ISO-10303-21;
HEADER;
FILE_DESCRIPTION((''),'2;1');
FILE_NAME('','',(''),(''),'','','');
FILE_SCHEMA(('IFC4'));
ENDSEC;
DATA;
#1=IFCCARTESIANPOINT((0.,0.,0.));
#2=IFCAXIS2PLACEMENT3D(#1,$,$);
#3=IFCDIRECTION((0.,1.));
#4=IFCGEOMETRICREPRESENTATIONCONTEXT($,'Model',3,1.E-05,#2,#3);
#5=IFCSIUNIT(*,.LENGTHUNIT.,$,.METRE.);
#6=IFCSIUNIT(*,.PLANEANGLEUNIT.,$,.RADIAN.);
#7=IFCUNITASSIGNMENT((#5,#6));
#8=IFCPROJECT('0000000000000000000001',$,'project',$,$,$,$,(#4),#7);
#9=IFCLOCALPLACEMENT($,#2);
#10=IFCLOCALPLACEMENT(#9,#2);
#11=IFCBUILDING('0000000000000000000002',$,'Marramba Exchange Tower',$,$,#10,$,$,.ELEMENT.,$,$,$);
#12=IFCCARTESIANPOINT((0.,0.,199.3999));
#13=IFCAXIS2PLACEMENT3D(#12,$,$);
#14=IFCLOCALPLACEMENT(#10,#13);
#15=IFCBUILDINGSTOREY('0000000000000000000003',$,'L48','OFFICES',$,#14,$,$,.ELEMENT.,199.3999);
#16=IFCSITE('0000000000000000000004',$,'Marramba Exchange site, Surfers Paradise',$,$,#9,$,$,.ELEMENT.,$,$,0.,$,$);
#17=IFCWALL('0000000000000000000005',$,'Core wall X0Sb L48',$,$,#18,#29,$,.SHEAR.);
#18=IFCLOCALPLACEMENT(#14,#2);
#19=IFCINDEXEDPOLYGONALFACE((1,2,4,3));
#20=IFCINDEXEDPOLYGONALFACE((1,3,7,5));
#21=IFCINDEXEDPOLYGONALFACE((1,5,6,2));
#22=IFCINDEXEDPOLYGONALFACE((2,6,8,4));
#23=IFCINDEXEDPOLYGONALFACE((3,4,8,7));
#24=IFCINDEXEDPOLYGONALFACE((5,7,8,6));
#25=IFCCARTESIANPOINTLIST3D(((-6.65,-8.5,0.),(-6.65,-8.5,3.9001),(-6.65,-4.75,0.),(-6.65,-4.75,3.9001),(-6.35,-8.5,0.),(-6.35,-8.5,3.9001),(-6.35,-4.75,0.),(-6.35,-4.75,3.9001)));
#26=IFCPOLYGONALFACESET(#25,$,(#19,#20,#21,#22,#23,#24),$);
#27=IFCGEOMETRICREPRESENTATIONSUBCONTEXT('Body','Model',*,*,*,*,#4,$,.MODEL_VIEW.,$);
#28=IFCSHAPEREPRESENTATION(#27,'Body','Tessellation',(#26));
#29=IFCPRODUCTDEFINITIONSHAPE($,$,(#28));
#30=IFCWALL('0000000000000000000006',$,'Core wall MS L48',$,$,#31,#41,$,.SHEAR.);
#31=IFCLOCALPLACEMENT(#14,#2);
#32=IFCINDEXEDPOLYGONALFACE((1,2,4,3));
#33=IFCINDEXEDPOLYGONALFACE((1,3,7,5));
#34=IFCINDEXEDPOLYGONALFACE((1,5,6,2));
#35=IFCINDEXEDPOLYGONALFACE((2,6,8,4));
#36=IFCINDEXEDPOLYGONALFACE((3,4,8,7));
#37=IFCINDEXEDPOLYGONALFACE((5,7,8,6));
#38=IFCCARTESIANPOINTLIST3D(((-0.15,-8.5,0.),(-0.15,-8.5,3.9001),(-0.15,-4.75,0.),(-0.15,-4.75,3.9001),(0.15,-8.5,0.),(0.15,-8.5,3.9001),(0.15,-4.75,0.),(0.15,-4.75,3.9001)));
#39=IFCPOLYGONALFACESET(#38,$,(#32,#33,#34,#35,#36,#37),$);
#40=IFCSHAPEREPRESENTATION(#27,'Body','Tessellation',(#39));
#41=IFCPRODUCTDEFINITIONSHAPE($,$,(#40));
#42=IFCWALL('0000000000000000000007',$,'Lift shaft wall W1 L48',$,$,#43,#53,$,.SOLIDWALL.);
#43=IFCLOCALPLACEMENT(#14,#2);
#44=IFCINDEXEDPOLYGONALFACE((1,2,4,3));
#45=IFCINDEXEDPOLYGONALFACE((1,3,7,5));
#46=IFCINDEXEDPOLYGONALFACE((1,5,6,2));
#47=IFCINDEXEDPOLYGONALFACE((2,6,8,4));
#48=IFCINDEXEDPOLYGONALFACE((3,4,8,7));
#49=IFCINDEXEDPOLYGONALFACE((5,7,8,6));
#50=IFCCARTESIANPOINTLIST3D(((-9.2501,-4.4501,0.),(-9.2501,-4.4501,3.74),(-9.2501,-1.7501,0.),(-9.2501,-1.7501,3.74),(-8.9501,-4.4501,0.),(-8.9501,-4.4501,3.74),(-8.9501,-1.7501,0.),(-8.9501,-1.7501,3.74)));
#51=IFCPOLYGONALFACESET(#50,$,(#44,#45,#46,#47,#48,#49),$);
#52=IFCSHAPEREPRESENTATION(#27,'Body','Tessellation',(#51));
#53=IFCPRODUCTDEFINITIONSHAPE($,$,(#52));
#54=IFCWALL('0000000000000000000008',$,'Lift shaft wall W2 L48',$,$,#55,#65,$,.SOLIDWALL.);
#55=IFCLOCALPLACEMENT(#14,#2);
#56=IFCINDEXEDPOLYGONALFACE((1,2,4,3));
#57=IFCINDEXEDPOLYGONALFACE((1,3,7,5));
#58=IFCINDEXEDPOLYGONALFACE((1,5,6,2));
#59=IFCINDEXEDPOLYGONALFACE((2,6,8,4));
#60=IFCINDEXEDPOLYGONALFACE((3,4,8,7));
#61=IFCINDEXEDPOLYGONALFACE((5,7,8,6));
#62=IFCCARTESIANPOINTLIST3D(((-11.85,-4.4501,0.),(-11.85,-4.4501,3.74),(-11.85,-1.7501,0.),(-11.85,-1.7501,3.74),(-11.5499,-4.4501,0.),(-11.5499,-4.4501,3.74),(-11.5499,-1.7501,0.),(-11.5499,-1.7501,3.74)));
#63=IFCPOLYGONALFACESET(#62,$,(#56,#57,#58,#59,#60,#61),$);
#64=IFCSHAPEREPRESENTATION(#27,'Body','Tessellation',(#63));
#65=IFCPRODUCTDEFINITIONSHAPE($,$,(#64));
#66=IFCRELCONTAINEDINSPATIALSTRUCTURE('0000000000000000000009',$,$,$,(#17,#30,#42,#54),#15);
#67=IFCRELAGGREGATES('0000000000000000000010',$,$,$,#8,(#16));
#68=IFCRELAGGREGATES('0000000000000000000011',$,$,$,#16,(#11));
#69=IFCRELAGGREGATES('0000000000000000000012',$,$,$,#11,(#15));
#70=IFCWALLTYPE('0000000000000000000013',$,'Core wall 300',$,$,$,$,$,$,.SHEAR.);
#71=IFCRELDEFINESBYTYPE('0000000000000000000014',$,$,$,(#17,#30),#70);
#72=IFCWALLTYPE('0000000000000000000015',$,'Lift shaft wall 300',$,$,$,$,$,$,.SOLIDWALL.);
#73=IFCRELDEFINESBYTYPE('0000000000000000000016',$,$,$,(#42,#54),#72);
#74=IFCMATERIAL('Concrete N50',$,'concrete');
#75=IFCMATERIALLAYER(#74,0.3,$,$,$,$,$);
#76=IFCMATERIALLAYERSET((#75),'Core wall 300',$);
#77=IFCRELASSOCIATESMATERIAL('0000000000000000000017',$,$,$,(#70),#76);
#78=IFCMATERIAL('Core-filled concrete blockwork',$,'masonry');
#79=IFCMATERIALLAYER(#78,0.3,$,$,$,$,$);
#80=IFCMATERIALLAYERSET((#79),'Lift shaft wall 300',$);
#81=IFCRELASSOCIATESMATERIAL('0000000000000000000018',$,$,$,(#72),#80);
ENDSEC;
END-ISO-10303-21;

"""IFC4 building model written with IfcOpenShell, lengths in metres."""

from ifc_helpers import new_model, si_unit, direction, frame, frame_2d, origin, place, context, subcontext, project, spatial, rectangle, extrude, material, layer, layer_set, type_object, element, save


model = new_model("IFC4")

# Units and contexts
model_context = context("Model", 3, precision=1e-05, world=origin(), true_north=direction((0.0, 1.0)))
body_context = subcontext(model_context, "Body", "Model", "MODEL_VIEW")
ifc_project = project(units=[si_unit("LENGTHUNIT", "METRE"), si_unit("PLANEANGLEUNIT", "RADIAN")], contexts=[model_context])

# Site, building, storey
site_placement = place(None, origin())
site = spatial("IfcSite", under=ifc_project, at=site_placement, Name="Marramba Exchange site, Surfers Paradise", CompositionType="ELEMENT", RefElevation=0.0)
building_placement = place(site_placement, origin())
building = spatial("IfcBuilding", under=site, at=building_placement, Name="Marramba Exchange Tower", CompositionType="ELEMENT")
storey_placement = place(building_placement, frame((0.0, 0.0, 199.3999)))
storey = spatial("IfcBuildingStorey", under=building, at=storey_placement, Name="L48", Description="OFFICES", CompositionType="ELEMENT", Elevation=199.3999)

# Shared definitions
ifc_material_1 = material(Name="Concrete N50", Category="concrete")

# Shared definitions
ifc_layer_1 = layer(ifc_material_1, 0.3)
ifc_layer_set_1 = layer_set([ifc_layer_1], Name="Core wall 300")
wall_type_1 = type_object("IfcWallType", Name="Core wall 300", PredefinedType="SHEAR", material=ifc_layer_set_1)

# Walls
for number, where, z_axis, x_axis, name in (
    (1, (-6.5, -4.75, 0.0), (0.0, 0.0, 1.0), (0.0, -1.0, 0.0), "Core wall X0Sb L48"),
    (2, (0.0, -4.75, 0.0), (0.0, 0.0, 1.0), (0.0, -1.0, 0.0), "Core wall MS L48"),
):
    element("IfcWall", number, at=place(storey_placement, frame(where, z_axis=z_axis, x_axis=x_axis)), inside=storey, type_object=wall_type_1, Name=name, PredefinedType="SHEAR", context=body_context, shape_type="SweptSolid", body=[
        extrude(rectangle(XDim=3.75, YDim=0.3, at=frame_2d((1.875, 0.0))), origin(), (0.0, 0.0, 1.0), 3.9001),
    ])
ifc_material_2 = material(Name="Core-filled concrete blockwork", Category="masonry")
ifc_layer_2 = layer(ifc_material_2, 0.3)
ifc_layer_set_2 = layer_set([ifc_layer_2], Name="Lift shaft wall 300")
wall_type_2 = type_object("IfcWallType", Name="Lift shaft wall 300", PredefinedType="SOLIDWALL", material=ifc_layer_set_2)
for number, where, z_axis, x_axis, name in (
    (3, (-9.1001, -1.75, 0.0), (0.0, 0.0, 1.0), (0.0, -1.0, 0.0), "Lift shaft wall W1 L48"),
    (4, (-11.7, -1.75, 0.0), (0.0, 0.0, 1.0), (0.0, -1.0, 0.0), "Lift shaft wall W2 L48"),
):
    element("IfcWall", number, at=place(storey_placement, frame(where, z_axis=z_axis, x_axis=x_axis)), inside=storey, type_object=wall_type_2, Name=name, PredefinedType="SOLIDWALL", context=body_context, shape_type="SweptSolid", body=[
        extrude(rectangle(XDim=2.7, YDim=0.3, at=frame_2d((1.3501, 0.0))), origin(), (0.0, 0.0, 1.0), 3.74),
    ])

save(model, "model.ifc")
